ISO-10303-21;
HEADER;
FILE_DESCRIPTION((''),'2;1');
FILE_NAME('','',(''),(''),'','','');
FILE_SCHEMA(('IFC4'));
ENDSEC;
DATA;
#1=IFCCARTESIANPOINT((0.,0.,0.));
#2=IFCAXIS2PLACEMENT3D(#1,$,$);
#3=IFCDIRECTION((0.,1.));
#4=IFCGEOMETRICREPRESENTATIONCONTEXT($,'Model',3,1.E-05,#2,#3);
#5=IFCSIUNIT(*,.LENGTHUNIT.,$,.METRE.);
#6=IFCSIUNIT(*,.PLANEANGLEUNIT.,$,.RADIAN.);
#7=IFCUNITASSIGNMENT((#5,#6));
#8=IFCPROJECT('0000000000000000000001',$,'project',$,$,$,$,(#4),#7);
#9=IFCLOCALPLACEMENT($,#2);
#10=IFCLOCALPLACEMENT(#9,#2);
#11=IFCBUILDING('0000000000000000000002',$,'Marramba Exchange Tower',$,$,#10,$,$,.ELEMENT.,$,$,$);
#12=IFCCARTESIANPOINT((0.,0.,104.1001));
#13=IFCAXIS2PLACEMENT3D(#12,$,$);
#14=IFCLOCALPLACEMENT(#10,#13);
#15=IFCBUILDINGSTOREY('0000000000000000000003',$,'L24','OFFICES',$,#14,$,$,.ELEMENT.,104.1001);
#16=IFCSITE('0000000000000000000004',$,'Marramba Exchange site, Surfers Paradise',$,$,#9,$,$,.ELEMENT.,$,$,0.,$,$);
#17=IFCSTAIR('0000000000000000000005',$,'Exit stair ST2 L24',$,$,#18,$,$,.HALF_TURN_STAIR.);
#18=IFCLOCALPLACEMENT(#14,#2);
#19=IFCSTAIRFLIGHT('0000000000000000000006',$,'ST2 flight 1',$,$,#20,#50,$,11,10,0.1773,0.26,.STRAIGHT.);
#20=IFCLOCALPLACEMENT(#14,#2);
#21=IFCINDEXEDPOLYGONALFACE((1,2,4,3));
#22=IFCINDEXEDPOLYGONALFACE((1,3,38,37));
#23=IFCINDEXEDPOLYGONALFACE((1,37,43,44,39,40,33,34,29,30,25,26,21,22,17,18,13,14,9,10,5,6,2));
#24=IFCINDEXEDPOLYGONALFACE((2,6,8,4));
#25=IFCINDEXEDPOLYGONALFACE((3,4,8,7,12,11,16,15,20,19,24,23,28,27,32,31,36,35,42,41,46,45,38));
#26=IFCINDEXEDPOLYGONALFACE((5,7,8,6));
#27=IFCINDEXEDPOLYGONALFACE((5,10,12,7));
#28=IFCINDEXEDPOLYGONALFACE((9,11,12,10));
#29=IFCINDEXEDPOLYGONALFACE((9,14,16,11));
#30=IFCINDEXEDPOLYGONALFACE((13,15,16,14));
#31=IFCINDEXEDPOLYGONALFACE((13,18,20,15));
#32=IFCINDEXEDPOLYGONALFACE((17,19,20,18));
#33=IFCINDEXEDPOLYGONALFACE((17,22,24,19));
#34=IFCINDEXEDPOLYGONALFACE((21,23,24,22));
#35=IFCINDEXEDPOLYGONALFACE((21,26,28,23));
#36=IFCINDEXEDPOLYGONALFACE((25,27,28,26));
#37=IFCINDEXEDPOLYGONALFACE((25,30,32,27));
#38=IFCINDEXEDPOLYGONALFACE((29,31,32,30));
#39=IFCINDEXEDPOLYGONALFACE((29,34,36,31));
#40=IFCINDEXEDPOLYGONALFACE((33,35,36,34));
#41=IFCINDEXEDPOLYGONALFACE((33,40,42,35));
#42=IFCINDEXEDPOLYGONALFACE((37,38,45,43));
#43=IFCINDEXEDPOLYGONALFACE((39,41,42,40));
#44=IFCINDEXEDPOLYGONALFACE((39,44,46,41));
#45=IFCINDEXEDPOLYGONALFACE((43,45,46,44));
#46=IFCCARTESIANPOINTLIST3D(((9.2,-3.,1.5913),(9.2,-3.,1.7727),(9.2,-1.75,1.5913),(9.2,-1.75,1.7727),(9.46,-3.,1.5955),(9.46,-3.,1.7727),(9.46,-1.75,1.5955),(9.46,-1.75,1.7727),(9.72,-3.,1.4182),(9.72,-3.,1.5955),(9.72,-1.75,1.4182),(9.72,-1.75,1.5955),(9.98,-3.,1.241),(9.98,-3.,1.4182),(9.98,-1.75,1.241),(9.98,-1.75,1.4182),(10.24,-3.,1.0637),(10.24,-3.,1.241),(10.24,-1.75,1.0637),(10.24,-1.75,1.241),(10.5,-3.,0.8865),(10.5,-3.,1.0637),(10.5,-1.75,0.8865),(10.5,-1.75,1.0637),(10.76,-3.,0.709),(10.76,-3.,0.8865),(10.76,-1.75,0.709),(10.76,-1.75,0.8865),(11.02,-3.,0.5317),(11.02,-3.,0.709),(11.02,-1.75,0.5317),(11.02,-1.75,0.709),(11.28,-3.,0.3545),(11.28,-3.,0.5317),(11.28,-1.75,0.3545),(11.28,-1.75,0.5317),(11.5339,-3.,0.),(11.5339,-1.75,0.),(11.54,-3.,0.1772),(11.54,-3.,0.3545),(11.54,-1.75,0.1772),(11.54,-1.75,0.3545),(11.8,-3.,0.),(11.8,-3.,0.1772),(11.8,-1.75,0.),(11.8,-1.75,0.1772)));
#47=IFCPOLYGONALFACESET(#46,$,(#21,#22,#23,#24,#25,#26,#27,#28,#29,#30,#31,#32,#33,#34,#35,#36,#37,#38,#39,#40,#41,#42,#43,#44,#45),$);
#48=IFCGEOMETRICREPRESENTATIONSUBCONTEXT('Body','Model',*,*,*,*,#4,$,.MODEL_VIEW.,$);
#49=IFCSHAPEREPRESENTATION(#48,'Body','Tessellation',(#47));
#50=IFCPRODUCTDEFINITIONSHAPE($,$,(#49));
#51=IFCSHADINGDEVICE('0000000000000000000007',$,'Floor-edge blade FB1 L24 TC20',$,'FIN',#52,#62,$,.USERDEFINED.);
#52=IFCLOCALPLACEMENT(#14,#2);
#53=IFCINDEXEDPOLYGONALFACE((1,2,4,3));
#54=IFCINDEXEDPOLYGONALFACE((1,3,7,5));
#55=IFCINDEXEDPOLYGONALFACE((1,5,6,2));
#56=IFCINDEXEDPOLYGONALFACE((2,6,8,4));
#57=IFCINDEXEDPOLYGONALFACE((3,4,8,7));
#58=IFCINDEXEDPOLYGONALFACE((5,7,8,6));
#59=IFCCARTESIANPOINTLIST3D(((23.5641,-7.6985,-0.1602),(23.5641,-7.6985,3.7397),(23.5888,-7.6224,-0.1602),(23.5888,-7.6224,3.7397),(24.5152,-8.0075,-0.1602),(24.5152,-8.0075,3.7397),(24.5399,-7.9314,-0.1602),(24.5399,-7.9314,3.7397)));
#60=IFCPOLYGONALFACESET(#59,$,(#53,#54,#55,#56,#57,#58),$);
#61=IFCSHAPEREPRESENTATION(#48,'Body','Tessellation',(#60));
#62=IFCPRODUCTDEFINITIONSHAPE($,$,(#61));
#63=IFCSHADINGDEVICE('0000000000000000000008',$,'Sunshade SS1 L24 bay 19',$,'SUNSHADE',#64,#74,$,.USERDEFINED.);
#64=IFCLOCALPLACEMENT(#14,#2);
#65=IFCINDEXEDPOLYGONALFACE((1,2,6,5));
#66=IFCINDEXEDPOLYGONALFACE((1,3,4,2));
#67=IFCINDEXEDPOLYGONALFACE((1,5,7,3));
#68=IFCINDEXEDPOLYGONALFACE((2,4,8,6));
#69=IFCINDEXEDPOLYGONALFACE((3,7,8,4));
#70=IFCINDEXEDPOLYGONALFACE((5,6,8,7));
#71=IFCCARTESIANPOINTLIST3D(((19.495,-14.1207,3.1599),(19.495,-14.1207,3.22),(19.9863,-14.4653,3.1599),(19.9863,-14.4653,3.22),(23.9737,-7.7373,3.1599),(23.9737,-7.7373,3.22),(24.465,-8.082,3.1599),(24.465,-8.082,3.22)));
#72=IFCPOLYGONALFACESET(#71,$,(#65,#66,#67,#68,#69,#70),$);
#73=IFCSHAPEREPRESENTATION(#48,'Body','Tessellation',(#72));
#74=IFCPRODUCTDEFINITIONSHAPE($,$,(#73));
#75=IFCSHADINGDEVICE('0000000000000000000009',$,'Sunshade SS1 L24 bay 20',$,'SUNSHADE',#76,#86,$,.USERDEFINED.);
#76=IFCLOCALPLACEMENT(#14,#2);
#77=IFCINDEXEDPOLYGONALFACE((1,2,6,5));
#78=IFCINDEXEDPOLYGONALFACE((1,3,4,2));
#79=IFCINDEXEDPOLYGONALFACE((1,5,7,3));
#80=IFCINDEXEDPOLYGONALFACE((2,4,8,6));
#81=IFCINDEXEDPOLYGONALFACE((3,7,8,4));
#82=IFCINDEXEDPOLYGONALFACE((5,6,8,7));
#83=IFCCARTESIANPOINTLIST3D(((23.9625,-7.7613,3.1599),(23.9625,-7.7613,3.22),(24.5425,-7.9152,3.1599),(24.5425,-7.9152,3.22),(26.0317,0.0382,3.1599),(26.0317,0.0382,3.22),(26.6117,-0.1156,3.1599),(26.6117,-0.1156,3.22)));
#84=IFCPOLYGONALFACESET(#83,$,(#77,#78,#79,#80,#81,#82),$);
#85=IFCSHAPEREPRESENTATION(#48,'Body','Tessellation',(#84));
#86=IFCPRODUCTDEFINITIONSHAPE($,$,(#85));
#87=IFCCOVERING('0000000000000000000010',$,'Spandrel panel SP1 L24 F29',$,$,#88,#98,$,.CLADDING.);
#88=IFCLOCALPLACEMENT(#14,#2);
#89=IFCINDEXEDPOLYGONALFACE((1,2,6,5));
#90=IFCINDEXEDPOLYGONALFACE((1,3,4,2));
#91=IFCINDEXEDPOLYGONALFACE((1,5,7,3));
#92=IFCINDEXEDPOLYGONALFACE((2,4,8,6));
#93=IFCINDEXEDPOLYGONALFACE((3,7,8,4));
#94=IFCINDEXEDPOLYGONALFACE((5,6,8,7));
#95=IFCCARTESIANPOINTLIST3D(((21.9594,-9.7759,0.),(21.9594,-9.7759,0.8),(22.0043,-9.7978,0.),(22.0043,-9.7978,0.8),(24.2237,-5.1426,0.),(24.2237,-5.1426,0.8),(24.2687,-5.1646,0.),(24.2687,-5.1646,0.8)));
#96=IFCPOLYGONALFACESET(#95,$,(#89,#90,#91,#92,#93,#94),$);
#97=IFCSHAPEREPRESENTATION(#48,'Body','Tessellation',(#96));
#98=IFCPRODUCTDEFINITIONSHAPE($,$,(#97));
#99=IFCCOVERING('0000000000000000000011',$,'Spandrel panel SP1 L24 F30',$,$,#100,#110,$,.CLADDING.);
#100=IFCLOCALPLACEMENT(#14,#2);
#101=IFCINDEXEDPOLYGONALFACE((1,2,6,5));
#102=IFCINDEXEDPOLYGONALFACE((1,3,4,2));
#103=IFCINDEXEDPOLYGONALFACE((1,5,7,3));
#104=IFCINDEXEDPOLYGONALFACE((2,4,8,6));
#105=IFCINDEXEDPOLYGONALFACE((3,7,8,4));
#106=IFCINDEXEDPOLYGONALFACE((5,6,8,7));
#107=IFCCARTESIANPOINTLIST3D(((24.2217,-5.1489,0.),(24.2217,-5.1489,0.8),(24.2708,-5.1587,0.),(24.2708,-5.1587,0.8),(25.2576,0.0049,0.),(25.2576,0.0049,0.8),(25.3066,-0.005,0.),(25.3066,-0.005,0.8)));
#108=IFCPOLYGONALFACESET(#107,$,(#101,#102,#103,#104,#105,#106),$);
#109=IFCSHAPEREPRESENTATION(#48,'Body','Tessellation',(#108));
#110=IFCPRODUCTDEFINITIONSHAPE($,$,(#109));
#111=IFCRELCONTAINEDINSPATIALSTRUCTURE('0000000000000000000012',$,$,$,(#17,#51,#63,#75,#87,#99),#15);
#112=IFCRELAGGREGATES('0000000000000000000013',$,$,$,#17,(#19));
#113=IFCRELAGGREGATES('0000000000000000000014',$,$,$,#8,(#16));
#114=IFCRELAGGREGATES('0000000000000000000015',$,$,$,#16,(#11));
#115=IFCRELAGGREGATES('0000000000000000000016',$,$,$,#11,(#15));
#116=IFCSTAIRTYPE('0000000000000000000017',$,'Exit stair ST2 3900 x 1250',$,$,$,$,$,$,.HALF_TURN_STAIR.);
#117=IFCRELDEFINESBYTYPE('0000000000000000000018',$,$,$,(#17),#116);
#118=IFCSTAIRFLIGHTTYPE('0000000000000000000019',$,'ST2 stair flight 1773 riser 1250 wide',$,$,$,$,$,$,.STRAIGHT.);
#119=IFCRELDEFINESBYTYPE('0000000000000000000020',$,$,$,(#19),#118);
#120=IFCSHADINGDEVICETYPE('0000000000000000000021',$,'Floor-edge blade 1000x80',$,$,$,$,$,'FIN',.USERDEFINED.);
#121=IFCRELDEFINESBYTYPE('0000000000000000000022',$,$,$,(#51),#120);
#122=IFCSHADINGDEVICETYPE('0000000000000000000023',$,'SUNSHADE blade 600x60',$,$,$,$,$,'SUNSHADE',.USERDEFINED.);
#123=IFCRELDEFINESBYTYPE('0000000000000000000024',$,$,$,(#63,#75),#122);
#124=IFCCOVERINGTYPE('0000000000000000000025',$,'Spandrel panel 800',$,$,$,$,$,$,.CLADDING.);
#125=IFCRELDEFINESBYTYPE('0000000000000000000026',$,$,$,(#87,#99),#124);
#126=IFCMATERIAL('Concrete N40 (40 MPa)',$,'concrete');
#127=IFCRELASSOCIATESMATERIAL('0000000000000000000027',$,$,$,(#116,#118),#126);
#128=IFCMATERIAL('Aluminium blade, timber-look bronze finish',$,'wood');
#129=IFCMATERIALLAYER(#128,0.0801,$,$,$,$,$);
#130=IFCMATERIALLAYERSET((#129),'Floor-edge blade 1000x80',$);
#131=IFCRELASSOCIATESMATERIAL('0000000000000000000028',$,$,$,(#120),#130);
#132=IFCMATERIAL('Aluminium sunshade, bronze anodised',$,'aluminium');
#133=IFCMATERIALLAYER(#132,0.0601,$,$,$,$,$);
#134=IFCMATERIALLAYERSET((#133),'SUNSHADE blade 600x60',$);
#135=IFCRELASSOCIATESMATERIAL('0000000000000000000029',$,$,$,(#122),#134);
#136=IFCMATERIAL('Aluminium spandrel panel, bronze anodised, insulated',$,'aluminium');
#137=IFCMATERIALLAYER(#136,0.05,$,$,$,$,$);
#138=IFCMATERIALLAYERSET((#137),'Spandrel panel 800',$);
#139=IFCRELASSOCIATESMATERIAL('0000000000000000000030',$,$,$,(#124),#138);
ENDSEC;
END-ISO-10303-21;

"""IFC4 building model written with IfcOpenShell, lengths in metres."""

from ifc_helpers import new_model, si_unit, direction, frame, origin, origin_2d, place, context, subcontext, project, spatial, polyline, rectangle, outline, extrude, material, layer, layer_set, type_object, element, aggregate, save


model = new_model("IFC4")

# Units and contexts
model_context = context("Model", 3, precision=1e-05, world=origin(), true_north=direction((0.0, 1.0)))
body_context = subcontext(model_context, "Body", "Model", "MODEL_VIEW")
ifc_project = project(units=[si_unit("LENGTHUNIT", "METRE"), si_unit("PLANEANGLEUNIT", "RADIAN")], contexts=[model_context])

# Site, building, storey
site_placement = place(None, origin())
site = spatial("IfcSite", under=ifc_project, at=site_placement, Name="Marramba Exchange site, Surfers Paradise", CompositionType="ELEMENT", RefElevation=0.0)
building_placement = place(site_placement, origin())
building = spatial("IfcBuilding", under=site, at=building_placement, Name="Marramba Exchange Tower", CompositionType="ELEMENT")
storey_placement = place(building_placement, frame((0.0, 0.0, 104.1001)))
storey = spatial("IfcBuildingStorey", under=building, at=storey_placement, Name="L24", Description="OFFICES", CompositionType="ELEMENT", Elevation=104.1001)

# Stair, stair flight
ifc_material_1 = material(Name="Concrete N40 (40 MPa)", Category="concrete")
stair_type = type_object("IfcStairType", Name="Exit stair ST2 3900 x 1250", PredefinedType="HALF_TURN_STAIR", material=ifc_material_1)
stair_placement = place(storey_placement, origin())
stair = element("IfcStair", 1, at=stair_placement, inside=storey, type_object=stair_type, Name="Exit stair ST2 L24", PredefinedType="HALF_TURN_STAIR")
stair_flight_type = type_object("IfcStairFlightType", Name="ST2 stair flight 1773 riser 1250 wide", PredefinedType="STRAIGHT", material=ifc_material_1)
stair_flight_placement = place(storey_placement, frame((11.8, -2.375, 0.0), z_axis=(0.0, 0.0, 1.0), x_axis=(-1.0, 0.0, 0.0)))
stair_flight = element("IfcStairFlight", 2, at=stair_flight_placement, type_object=stair_flight_type, Name="ST2 flight 1", NumberOfRisers=11, NumberOfTreads=10, PredefinedType="STRAIGHT", RiserHeight=0.1773, TreadLength=0.26, context=body_context, shape_type="SweptSolid", body=[
    extrude(outline(polyline([(0.0, 0.0), (0.0, 0.1772), (0.26, 0.1772), (0.26, 0.3545), (0.52, 0.3545), (0.52, 0.5317), (0.78, 0.5317), (0.78, 0.709), (1.04, 0.709), (1.04, 0.8865), (1.3, 0.8865), (1.3, 1.0637), (1.5601, 1.0637), (1.5601, 1.241), (1.8201, 1.241), (1.8201, 1.4182), (2.0801, 1.4182), (2.0801, 1.5955), (2.3401, 1.5955), (2.3401, 1.7727), (2.6001, 1.7727), (2.6001, 1.95), (2.6001, 1.5913), (0.2661, 0.0), (0.0, 0.0)])), frame((0.0, 0.625, 0.0), z_axis=(0.0, -1.0, 0.0), x_axis=(1.0, 0.0, 0.0)), (0.0, 0.0, 1.0), 1.25),
])
aggregate(stair, [stair_flight])

# Shading devices
ifc_material_2 = material(Name="Aluminium blade, timber-look bronze finish", Category="wood")
ifc_layer_1 = layer(ifc_material_2, 0.0801)
ifc_layer_set_1 = layer_set([ifc_layer_1], Name="Floor-edge blade 1000x80")
shading_device_type_1 = type_object("IfcShadingDeviceType", Name="Floor-edge blade 1000x80", ElementType="FIN", PredefinedType="USERDEFINED", material=ifc_layer_set_1)
shading_device_1_placement = place(storey_placement, frame((24.052, -7.8149, -0.1602), z_axis=(0.0, 0.0, 1.0), x_axis=(0.951057, -0.309017, 0.0)))
element("IfcShadingDevice", 3, at=shading_device_1_placement, inside=storey, type_object=shading_device_type_1, Name="Floor-edge blade FB1 L24 TC20", ObjectType="FIN", PredefinedType="USERDEFINED", context=body_context, shape_type="SweptSolid", body=[
    extrude(rectangle(XDim=1.0, YDim=0.0801, at=origin_2d()), origin(), (0.0, 0.0, 1.0), 3.8999),
])
ifc_material_3 = material(Name="Aluminium sunshade, bronze anodised", Category="aluminium")
ifc_layer_2 = layer(ifc_material_3, 0.0601)
ifc_layer_set_2 = layer_set([ifc_layer_2], Name="SUNSHADE blade 600x60")
shading_device_type_2 = type_object("IfcShadingDeviceType", Name="SUNSHADE blade 600x60", ElementType="SUNSHADE", PredefinedType="USERDEFINED", material=ifc_layer_set_2)
shading_device_2_placement = place(storey_placement, frame((21.98, -11.1013, 3.1599), z_axis=(0.0, 0.0, 1.0), x_axis=(0.574351, 0.818609, 0.0)))
element("IfcShadingDevice", 4, at=shading_device_2_placement, inside=storey, type_object=shading_device_type_2, Name="Sunshade SS1 L24 bay 19", ObjectType="SUNSHADE", PredefinedType="USERDEFINED", context=body_context, shape_type="SweptSolid", body=[
    extrude(rectangle(XDim=7.7979, YDim=0.6001, at=origin_2d()), origin(), (0.0, 0.0, 1.0), 0.0601),
])
shading_device_3_placement = place(storey_placement, frame((25.2871, -3.9385, 3.1599), z_axis=(0.0, 0.0, 1.0), x_axis=(0.256423, 0.966565, 0.0)))
element("IfcShadingDevice", 5, at=shading_device_3_placement, inside=storey, type_object=shading_device_type_2, Name="Sunshade SS1 L24 bay 20", ObjectType="SUNSHADE", PredefinedType="USERDEFINED", context=body_context, shape_type="SweptSolid", body=[
    extrude(rectangle(XDim=8.0693, YDim=0.6001, at=origin_2d()), origin(), (0.0, 0.0, 1.0), 0.0601),
])

# Coverings
ifc_material_4 = material(Name="Aluminium spandrel panel, bronze anodised, insulated", Category="aluminium")
ifc_layer_3 = layer(ifc_material_4, 0.05)
ifc_layer_set_3 = layer_set([ifc_layer_3], Name="Spandrel panel 800")
covering_type = type_object("IfcCoveringType", Name="Spandrel panel 800", PredefinedType="CLADDING", material=ifc_layer_set_3)
covering_1_placement = place(storey_placement, frame((23.114, -7.4702, 0.0), z_axis=(0.0, 0.0, 1.0), x_axis=(0.439086, 0.898445, 0.0)))
element("IfcCovering", 6, at=covering_1_placement, inside=storey, type_object=covering_type, Name="Spandrel panel SP1 L24 F29", PredefinedType="CLADDING", context=body_context, shape_type="SweptSolid", body=[
    extrude(rectangle(XDim=5.157, YDim=0.05, at=origin_2d()), origin(), (0.0, 0.0, 1.0), 0.8),
])
covering_2_placement = place(storey_placement, frame((24.7642, -2.5769, 0.0), z_axis=(0.0, 0.0, 1.0), x_axis=(0.197049, 0.980394, 0.0)))
element("IfcCovering", 7, at=covering_2_placement, inside=storey, type_object=covering_type, Name="Spandrel panel SP1 L24 F30", PredefinedType="CLADDING", context=body_context, shape_type="SweptSolid", body=[
    extrude(rectangle(XDim=5.2568, YDim=0.05, at=origin_2d()), origin(), (0.0, 0.0, 1.0), 0.8),
])

save(model, "model.ifc")
